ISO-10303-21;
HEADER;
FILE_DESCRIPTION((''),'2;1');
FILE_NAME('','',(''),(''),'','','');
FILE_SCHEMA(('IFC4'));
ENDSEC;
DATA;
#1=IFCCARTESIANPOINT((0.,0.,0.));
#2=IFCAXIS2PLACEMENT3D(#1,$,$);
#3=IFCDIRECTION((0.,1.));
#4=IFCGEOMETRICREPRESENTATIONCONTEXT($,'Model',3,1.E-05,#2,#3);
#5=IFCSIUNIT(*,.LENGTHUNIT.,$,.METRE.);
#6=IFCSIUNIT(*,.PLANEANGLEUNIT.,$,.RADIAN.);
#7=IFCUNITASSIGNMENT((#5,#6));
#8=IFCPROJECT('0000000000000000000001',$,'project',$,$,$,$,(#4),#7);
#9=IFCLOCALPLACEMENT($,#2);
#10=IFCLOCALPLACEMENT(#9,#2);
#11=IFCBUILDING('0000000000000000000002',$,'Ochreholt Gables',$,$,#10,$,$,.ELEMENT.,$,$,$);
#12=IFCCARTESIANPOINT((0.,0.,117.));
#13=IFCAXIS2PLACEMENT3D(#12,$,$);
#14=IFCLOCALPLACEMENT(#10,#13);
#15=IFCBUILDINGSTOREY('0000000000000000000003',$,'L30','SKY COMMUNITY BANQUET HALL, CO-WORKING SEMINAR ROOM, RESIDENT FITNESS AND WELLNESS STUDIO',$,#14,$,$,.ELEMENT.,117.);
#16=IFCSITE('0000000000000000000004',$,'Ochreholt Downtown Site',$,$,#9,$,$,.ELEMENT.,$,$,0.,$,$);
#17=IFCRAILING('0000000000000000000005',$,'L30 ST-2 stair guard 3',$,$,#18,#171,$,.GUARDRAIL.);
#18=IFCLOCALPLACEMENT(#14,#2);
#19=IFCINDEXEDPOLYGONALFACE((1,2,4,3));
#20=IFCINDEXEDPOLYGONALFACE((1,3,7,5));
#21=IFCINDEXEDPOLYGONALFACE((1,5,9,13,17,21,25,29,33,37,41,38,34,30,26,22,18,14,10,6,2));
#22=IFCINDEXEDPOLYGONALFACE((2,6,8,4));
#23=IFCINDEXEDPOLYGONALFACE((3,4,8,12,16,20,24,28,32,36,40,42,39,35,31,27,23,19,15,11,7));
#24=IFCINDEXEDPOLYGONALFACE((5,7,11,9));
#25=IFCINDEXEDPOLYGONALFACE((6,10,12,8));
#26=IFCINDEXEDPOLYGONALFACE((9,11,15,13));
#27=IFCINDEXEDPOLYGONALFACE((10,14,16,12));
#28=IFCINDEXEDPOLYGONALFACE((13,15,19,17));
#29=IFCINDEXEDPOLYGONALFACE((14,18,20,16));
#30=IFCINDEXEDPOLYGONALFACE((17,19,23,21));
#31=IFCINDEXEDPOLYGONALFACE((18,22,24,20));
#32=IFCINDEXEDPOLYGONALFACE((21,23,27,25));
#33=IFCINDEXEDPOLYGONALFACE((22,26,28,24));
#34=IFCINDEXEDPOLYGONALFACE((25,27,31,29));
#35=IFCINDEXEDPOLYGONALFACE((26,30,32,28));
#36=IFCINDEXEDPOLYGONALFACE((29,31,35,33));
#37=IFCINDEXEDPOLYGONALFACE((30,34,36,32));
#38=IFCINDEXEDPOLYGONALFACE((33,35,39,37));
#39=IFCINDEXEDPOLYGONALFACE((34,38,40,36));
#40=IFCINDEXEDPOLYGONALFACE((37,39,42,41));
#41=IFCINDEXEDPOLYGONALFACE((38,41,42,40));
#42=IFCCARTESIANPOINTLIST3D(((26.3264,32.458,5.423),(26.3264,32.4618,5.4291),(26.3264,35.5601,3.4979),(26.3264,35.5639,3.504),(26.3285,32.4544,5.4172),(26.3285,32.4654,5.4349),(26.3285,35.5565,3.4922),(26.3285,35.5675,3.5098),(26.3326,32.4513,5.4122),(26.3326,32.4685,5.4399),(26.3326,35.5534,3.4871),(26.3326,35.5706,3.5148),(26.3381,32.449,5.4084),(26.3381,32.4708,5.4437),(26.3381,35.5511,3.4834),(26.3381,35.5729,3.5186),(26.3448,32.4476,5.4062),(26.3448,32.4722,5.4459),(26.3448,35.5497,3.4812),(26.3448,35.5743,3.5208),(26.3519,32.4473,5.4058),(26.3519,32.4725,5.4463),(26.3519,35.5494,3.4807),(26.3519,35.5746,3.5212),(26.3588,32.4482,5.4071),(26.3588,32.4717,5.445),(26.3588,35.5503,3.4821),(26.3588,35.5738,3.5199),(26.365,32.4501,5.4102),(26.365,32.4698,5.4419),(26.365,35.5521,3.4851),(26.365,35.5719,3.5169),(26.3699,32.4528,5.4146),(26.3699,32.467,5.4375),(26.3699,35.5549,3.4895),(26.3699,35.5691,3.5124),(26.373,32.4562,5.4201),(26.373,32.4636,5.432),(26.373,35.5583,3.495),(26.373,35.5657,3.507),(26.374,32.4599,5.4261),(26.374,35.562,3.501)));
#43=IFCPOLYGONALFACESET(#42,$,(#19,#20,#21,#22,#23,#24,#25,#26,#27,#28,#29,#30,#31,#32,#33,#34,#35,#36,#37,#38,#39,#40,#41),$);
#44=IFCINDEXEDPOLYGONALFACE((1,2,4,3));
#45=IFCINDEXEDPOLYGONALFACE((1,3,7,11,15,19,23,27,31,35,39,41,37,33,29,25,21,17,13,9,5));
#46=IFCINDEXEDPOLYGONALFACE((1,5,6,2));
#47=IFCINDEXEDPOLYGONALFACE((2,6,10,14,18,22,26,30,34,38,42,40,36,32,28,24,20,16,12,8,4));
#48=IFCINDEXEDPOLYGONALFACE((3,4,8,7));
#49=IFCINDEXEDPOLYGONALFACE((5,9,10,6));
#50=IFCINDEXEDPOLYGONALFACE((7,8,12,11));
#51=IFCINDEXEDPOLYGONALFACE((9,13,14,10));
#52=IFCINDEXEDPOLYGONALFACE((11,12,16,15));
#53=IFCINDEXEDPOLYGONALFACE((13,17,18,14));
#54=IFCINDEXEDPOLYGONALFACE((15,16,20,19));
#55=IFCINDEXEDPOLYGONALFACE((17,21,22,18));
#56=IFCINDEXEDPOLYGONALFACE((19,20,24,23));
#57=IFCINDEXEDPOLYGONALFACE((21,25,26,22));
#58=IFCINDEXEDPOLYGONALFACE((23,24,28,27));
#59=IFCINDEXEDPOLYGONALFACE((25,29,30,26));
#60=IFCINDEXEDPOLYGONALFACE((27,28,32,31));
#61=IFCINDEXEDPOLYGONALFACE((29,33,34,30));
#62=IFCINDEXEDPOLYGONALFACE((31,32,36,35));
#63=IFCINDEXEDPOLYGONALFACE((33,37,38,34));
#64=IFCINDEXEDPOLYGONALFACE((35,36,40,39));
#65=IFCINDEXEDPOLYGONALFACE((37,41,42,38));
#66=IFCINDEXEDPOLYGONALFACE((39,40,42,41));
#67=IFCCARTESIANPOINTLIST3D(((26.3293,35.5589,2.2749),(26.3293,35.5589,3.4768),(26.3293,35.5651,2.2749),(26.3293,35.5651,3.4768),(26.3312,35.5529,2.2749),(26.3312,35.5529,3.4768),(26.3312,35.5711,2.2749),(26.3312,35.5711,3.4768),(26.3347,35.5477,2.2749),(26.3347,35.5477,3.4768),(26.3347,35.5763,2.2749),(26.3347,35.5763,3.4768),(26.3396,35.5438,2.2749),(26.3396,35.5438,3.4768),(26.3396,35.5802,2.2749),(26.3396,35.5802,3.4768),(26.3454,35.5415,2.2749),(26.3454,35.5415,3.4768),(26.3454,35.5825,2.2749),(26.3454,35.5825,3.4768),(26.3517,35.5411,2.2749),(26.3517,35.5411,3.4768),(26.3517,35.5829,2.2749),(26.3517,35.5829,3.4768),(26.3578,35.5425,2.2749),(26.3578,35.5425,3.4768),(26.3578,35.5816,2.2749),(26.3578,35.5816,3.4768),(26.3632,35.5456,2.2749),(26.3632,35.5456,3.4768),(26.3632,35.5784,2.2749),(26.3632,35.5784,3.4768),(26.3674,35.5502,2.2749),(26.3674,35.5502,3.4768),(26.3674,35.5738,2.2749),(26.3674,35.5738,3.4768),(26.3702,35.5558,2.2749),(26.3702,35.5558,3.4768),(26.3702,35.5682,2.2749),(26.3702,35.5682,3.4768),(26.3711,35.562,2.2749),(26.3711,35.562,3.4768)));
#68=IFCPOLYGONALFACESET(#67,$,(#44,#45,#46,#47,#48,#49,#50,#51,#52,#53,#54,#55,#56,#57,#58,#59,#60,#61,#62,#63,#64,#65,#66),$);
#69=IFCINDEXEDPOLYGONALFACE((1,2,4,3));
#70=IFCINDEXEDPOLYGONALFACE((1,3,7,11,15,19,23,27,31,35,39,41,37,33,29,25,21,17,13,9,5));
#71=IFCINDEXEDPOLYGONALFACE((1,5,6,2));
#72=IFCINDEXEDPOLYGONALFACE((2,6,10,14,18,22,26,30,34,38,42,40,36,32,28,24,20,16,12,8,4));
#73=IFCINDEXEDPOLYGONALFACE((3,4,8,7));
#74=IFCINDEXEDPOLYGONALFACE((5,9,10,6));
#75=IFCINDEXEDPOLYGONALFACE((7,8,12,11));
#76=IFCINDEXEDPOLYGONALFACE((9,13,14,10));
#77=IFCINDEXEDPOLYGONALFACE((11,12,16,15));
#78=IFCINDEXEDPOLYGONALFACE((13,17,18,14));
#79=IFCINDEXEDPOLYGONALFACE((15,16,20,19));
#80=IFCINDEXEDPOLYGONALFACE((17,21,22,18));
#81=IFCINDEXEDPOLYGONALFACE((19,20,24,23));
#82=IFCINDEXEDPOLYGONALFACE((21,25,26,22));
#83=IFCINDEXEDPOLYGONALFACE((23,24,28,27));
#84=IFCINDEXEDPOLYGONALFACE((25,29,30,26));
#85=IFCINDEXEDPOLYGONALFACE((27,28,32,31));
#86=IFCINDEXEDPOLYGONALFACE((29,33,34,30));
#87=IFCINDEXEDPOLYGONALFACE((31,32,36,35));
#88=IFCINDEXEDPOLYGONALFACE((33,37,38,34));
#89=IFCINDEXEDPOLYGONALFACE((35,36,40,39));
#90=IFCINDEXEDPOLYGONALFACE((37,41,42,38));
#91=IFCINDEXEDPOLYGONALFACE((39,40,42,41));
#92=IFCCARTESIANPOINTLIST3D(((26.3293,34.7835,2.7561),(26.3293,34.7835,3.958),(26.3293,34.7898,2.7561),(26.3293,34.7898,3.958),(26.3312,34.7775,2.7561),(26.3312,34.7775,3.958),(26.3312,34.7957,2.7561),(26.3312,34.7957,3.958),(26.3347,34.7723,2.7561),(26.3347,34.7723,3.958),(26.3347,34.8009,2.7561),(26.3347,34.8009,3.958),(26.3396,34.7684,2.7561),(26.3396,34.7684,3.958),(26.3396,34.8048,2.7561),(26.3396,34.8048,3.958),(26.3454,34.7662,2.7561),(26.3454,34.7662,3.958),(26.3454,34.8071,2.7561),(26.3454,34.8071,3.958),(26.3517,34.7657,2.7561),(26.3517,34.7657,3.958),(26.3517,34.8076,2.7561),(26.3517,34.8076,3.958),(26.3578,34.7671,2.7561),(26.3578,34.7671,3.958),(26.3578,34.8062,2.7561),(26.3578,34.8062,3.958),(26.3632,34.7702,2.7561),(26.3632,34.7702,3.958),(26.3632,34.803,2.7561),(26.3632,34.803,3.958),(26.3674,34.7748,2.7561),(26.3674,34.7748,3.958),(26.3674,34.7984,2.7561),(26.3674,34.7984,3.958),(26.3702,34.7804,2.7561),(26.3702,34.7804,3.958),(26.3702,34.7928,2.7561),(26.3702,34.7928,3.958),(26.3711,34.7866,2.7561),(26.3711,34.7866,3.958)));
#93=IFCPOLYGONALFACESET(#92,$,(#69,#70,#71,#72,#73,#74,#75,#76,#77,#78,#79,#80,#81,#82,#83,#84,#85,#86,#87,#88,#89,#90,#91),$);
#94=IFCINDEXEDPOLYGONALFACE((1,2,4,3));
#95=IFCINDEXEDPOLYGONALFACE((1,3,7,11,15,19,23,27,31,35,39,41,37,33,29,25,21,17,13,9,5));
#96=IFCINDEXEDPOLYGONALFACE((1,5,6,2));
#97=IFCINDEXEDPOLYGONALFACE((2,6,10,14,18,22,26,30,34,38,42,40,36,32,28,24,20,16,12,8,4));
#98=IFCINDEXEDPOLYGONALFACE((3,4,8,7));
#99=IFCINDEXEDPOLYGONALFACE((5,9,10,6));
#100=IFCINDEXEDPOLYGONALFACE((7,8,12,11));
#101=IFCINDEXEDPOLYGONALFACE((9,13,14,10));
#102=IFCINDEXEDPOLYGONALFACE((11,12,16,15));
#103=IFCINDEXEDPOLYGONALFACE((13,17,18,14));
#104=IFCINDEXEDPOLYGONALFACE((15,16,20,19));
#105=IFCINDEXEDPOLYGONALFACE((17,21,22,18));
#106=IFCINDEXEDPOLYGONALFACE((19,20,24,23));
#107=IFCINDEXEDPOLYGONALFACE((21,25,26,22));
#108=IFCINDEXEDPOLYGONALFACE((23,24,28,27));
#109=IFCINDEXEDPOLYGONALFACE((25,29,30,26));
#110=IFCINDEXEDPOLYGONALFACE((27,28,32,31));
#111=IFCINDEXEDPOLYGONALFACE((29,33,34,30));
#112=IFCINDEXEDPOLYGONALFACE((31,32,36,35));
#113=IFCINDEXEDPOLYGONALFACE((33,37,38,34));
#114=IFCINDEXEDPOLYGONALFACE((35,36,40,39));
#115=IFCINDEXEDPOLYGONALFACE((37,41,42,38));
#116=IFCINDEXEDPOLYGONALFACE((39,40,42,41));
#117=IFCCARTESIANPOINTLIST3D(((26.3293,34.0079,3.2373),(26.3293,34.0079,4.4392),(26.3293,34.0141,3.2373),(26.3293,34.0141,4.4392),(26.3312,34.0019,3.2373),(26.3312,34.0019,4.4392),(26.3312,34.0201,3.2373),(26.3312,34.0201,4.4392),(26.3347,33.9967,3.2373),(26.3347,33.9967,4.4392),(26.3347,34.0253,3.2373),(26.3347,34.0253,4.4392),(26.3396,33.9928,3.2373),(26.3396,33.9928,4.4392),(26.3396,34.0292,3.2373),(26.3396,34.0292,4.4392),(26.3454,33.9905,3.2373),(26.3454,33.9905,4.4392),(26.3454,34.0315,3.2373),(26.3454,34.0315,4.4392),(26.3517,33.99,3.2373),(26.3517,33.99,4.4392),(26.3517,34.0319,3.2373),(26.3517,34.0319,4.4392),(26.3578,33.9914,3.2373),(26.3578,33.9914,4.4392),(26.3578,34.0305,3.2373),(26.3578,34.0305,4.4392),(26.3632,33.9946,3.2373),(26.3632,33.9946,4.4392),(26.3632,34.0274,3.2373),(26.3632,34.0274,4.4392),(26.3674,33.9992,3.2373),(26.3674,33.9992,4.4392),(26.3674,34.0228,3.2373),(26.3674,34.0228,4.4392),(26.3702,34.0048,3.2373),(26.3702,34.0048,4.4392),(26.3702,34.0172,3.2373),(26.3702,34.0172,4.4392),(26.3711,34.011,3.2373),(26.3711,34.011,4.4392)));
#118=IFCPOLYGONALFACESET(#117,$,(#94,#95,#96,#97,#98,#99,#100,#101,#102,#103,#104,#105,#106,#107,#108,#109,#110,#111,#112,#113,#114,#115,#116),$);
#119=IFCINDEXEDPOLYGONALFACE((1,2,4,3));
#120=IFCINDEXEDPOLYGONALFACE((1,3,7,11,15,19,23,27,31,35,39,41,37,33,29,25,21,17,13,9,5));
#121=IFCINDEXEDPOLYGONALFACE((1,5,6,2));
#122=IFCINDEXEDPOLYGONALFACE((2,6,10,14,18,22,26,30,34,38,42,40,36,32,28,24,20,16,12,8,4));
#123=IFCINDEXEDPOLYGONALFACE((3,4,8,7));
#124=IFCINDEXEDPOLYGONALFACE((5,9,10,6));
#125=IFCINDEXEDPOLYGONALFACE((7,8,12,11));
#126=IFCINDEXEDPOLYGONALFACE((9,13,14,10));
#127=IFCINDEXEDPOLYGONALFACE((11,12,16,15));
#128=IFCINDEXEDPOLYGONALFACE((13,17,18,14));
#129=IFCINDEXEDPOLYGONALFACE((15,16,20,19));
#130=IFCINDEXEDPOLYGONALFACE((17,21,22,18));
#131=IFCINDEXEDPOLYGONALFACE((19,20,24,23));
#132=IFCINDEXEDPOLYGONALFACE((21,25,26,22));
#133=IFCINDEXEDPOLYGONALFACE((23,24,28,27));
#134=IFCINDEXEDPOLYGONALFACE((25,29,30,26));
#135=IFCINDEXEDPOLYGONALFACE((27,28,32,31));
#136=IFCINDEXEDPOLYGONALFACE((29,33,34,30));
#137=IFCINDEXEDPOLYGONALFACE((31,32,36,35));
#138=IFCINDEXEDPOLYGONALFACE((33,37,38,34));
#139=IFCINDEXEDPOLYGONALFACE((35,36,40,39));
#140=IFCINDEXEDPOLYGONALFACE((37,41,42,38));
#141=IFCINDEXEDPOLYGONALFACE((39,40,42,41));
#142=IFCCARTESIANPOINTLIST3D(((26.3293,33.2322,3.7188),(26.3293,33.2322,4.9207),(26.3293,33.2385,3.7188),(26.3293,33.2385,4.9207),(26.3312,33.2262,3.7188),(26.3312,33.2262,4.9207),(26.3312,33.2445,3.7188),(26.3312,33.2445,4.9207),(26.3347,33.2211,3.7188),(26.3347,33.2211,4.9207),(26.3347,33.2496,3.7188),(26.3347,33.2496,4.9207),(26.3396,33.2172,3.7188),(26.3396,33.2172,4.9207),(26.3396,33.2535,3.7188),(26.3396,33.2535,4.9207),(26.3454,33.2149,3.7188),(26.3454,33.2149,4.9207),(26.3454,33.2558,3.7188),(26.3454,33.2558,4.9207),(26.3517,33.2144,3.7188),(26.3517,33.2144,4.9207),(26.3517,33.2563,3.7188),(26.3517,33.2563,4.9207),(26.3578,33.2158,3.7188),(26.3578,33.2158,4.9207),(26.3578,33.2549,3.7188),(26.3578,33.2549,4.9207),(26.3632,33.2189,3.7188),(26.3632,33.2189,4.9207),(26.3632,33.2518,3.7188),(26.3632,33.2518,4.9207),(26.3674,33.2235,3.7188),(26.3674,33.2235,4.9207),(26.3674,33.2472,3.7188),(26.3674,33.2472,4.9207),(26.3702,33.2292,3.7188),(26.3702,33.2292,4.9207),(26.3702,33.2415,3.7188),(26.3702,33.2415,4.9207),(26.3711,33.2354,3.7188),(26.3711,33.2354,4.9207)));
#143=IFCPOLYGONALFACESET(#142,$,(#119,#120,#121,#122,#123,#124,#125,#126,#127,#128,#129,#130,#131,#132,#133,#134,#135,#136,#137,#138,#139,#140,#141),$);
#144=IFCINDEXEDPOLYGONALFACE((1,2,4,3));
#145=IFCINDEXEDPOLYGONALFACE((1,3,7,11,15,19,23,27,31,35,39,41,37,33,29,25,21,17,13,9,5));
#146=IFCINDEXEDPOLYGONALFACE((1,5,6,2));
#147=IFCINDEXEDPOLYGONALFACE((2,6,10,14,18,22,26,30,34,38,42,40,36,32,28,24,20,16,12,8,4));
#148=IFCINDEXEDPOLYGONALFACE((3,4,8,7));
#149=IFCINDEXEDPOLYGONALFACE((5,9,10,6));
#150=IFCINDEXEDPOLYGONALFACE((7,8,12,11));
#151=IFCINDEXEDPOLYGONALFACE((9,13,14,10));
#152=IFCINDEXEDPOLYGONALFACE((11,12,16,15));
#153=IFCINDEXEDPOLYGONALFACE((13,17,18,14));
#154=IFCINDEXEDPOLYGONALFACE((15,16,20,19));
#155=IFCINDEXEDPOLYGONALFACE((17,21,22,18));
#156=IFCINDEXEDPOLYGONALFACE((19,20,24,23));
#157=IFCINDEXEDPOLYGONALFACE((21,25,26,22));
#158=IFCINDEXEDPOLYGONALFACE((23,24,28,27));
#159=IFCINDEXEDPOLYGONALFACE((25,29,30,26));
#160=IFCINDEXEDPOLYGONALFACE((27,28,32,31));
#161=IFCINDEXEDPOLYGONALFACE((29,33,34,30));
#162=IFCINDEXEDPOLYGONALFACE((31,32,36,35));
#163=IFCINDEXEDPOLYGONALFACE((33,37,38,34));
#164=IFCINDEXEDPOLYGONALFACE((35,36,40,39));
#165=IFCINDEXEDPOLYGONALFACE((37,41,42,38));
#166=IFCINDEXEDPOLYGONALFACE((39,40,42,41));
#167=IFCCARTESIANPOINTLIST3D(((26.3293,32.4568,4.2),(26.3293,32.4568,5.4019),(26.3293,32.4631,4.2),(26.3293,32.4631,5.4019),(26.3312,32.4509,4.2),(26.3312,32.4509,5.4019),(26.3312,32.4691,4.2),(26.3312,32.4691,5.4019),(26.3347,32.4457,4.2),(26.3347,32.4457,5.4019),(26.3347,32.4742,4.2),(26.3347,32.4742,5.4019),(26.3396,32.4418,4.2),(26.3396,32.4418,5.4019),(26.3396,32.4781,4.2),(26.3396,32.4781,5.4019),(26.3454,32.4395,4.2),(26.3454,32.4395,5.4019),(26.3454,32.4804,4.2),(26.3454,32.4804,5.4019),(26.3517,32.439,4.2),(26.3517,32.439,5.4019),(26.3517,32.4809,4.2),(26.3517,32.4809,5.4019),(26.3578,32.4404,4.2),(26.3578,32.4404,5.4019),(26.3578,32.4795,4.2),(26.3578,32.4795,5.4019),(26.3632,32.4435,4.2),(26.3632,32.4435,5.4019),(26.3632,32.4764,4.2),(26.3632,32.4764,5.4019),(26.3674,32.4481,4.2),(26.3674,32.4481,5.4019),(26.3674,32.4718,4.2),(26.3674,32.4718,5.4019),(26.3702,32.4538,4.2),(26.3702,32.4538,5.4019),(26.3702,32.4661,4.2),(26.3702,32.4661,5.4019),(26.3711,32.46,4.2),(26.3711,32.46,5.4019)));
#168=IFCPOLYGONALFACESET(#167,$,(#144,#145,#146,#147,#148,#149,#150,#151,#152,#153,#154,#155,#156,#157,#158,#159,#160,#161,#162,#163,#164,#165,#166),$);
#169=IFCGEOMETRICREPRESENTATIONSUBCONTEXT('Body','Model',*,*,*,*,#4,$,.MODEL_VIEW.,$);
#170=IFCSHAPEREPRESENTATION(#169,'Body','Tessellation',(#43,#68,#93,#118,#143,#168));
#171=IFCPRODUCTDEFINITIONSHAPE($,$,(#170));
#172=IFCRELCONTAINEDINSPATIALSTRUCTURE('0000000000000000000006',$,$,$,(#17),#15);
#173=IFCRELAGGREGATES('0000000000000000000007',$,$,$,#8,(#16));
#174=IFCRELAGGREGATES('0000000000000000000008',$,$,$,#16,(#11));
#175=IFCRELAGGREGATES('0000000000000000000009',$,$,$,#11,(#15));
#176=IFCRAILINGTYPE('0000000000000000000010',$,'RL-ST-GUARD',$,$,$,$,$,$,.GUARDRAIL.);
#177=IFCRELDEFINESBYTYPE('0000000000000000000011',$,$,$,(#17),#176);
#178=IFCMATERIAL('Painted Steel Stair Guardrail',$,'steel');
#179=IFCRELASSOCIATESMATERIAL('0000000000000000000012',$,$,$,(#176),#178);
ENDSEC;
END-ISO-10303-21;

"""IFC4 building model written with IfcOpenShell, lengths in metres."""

from ifc_helpers import new_model, si_unit, direction, frame, origin, origin_2d, place, context, subcontext, project, spatial, circle, extrude, material, type_object, element, save


model = new_model("IFC4")

# Units and contexts
model_context = context("Model", 3, precision=1e-05, world=origin(), true_north=direction((0.0, 1.0)))
body_context = subcontext(model_context, "Body", "Model", "MODEL_VIEW")
ifc_project = project(units=[si_unit("LENGTHUNIT", "METRE"), si_unit("PLANEANGLEUNIT", "RADIAN")], contexts=[model_context])

# Site, building, storey
site_placement = place(None, origin())
site = spatial("IfcSite", under=ifc_project, at=site_placement, Name="Ochreholt Downtown Site", CompositionType="ELEMENT", RefElevation=0.0)
building_placement = place(site_placement, origin())
building = spatial("IfcBuilding", under=site, at=building_placement, Name="Ochreholt Gables", CompositionType="ELEMENT")
storey_placement = place(building_placement, frame((0.0, 0.0, 117.0)))
storey = spatial("IfcBuildingStorey", under=building, at=storey_placement, Name="L30", Description="SKY COMMUNITY BANQUET HALL, CO-WORKING SEMINAR ROOM, RESIDENT FITNESS AND WELLNESS STUDIO", CompositionType="ELEMENT", Elevation=117.0)

# Railing
ifc_material_1 = material(Name="Painted Steel Stair Guardrail", Category="steel")
railing_type = type_object("IfcRailingType", Name="RL-ST-GUARD", PredefinedType="GUARDRAIL", material=ifc_material_1)
railing_1_placement = place(storey_placement, frame((26.3501, 35.562, 2.2749)))
element("IfcRailing", 1, at=railing_1_placement, inside=storey, type_object=railing_type, Name="L30 ST-2 stair guard 3", PredefinedType="GUARDRAIL", context=body_context, shape_type="SweptSolid", body=[
    extrude(circle(Radius=0.0239, at=origin_2d()), frame((0.0, 0.0, 1.2261), z_axis=(0.0, -0.849685, 0.527291), x_axis=(1.0, 0.0, 0.0)), (0.0, 0.0, 1.0), 3.6509),
    extrude(circle(Radius=0.021, at=origin_2d()), origin(), (0.0, 0.0, 1.0), 1.2019),
    extrude(circle(Radius=0.021, at=origin_2d()), frame((0.0, -0.7754, 0.4812)), (0.0, 0.0, 1.0), 1.2019),
    extrude(circle(Radius=0.021, at=origin_2d()), frame((0.0, -1.551, 0.9624)), (0.0, 0.0, 1.0), 1.2019),
    extrude(circle(Radius=0.021, at=origin_2d()), frame((0.0, -2.3267, 1.4438)), (0.0, 0.0, 1.0), 1.2019),
    extrude(circle(Radius=0.021, at=origin_2d()), frame((0.0, -3.1021, 1.925)), (0.0, 0.0, 1.0), 1.2019),
])

save(model, "model.ifc")
